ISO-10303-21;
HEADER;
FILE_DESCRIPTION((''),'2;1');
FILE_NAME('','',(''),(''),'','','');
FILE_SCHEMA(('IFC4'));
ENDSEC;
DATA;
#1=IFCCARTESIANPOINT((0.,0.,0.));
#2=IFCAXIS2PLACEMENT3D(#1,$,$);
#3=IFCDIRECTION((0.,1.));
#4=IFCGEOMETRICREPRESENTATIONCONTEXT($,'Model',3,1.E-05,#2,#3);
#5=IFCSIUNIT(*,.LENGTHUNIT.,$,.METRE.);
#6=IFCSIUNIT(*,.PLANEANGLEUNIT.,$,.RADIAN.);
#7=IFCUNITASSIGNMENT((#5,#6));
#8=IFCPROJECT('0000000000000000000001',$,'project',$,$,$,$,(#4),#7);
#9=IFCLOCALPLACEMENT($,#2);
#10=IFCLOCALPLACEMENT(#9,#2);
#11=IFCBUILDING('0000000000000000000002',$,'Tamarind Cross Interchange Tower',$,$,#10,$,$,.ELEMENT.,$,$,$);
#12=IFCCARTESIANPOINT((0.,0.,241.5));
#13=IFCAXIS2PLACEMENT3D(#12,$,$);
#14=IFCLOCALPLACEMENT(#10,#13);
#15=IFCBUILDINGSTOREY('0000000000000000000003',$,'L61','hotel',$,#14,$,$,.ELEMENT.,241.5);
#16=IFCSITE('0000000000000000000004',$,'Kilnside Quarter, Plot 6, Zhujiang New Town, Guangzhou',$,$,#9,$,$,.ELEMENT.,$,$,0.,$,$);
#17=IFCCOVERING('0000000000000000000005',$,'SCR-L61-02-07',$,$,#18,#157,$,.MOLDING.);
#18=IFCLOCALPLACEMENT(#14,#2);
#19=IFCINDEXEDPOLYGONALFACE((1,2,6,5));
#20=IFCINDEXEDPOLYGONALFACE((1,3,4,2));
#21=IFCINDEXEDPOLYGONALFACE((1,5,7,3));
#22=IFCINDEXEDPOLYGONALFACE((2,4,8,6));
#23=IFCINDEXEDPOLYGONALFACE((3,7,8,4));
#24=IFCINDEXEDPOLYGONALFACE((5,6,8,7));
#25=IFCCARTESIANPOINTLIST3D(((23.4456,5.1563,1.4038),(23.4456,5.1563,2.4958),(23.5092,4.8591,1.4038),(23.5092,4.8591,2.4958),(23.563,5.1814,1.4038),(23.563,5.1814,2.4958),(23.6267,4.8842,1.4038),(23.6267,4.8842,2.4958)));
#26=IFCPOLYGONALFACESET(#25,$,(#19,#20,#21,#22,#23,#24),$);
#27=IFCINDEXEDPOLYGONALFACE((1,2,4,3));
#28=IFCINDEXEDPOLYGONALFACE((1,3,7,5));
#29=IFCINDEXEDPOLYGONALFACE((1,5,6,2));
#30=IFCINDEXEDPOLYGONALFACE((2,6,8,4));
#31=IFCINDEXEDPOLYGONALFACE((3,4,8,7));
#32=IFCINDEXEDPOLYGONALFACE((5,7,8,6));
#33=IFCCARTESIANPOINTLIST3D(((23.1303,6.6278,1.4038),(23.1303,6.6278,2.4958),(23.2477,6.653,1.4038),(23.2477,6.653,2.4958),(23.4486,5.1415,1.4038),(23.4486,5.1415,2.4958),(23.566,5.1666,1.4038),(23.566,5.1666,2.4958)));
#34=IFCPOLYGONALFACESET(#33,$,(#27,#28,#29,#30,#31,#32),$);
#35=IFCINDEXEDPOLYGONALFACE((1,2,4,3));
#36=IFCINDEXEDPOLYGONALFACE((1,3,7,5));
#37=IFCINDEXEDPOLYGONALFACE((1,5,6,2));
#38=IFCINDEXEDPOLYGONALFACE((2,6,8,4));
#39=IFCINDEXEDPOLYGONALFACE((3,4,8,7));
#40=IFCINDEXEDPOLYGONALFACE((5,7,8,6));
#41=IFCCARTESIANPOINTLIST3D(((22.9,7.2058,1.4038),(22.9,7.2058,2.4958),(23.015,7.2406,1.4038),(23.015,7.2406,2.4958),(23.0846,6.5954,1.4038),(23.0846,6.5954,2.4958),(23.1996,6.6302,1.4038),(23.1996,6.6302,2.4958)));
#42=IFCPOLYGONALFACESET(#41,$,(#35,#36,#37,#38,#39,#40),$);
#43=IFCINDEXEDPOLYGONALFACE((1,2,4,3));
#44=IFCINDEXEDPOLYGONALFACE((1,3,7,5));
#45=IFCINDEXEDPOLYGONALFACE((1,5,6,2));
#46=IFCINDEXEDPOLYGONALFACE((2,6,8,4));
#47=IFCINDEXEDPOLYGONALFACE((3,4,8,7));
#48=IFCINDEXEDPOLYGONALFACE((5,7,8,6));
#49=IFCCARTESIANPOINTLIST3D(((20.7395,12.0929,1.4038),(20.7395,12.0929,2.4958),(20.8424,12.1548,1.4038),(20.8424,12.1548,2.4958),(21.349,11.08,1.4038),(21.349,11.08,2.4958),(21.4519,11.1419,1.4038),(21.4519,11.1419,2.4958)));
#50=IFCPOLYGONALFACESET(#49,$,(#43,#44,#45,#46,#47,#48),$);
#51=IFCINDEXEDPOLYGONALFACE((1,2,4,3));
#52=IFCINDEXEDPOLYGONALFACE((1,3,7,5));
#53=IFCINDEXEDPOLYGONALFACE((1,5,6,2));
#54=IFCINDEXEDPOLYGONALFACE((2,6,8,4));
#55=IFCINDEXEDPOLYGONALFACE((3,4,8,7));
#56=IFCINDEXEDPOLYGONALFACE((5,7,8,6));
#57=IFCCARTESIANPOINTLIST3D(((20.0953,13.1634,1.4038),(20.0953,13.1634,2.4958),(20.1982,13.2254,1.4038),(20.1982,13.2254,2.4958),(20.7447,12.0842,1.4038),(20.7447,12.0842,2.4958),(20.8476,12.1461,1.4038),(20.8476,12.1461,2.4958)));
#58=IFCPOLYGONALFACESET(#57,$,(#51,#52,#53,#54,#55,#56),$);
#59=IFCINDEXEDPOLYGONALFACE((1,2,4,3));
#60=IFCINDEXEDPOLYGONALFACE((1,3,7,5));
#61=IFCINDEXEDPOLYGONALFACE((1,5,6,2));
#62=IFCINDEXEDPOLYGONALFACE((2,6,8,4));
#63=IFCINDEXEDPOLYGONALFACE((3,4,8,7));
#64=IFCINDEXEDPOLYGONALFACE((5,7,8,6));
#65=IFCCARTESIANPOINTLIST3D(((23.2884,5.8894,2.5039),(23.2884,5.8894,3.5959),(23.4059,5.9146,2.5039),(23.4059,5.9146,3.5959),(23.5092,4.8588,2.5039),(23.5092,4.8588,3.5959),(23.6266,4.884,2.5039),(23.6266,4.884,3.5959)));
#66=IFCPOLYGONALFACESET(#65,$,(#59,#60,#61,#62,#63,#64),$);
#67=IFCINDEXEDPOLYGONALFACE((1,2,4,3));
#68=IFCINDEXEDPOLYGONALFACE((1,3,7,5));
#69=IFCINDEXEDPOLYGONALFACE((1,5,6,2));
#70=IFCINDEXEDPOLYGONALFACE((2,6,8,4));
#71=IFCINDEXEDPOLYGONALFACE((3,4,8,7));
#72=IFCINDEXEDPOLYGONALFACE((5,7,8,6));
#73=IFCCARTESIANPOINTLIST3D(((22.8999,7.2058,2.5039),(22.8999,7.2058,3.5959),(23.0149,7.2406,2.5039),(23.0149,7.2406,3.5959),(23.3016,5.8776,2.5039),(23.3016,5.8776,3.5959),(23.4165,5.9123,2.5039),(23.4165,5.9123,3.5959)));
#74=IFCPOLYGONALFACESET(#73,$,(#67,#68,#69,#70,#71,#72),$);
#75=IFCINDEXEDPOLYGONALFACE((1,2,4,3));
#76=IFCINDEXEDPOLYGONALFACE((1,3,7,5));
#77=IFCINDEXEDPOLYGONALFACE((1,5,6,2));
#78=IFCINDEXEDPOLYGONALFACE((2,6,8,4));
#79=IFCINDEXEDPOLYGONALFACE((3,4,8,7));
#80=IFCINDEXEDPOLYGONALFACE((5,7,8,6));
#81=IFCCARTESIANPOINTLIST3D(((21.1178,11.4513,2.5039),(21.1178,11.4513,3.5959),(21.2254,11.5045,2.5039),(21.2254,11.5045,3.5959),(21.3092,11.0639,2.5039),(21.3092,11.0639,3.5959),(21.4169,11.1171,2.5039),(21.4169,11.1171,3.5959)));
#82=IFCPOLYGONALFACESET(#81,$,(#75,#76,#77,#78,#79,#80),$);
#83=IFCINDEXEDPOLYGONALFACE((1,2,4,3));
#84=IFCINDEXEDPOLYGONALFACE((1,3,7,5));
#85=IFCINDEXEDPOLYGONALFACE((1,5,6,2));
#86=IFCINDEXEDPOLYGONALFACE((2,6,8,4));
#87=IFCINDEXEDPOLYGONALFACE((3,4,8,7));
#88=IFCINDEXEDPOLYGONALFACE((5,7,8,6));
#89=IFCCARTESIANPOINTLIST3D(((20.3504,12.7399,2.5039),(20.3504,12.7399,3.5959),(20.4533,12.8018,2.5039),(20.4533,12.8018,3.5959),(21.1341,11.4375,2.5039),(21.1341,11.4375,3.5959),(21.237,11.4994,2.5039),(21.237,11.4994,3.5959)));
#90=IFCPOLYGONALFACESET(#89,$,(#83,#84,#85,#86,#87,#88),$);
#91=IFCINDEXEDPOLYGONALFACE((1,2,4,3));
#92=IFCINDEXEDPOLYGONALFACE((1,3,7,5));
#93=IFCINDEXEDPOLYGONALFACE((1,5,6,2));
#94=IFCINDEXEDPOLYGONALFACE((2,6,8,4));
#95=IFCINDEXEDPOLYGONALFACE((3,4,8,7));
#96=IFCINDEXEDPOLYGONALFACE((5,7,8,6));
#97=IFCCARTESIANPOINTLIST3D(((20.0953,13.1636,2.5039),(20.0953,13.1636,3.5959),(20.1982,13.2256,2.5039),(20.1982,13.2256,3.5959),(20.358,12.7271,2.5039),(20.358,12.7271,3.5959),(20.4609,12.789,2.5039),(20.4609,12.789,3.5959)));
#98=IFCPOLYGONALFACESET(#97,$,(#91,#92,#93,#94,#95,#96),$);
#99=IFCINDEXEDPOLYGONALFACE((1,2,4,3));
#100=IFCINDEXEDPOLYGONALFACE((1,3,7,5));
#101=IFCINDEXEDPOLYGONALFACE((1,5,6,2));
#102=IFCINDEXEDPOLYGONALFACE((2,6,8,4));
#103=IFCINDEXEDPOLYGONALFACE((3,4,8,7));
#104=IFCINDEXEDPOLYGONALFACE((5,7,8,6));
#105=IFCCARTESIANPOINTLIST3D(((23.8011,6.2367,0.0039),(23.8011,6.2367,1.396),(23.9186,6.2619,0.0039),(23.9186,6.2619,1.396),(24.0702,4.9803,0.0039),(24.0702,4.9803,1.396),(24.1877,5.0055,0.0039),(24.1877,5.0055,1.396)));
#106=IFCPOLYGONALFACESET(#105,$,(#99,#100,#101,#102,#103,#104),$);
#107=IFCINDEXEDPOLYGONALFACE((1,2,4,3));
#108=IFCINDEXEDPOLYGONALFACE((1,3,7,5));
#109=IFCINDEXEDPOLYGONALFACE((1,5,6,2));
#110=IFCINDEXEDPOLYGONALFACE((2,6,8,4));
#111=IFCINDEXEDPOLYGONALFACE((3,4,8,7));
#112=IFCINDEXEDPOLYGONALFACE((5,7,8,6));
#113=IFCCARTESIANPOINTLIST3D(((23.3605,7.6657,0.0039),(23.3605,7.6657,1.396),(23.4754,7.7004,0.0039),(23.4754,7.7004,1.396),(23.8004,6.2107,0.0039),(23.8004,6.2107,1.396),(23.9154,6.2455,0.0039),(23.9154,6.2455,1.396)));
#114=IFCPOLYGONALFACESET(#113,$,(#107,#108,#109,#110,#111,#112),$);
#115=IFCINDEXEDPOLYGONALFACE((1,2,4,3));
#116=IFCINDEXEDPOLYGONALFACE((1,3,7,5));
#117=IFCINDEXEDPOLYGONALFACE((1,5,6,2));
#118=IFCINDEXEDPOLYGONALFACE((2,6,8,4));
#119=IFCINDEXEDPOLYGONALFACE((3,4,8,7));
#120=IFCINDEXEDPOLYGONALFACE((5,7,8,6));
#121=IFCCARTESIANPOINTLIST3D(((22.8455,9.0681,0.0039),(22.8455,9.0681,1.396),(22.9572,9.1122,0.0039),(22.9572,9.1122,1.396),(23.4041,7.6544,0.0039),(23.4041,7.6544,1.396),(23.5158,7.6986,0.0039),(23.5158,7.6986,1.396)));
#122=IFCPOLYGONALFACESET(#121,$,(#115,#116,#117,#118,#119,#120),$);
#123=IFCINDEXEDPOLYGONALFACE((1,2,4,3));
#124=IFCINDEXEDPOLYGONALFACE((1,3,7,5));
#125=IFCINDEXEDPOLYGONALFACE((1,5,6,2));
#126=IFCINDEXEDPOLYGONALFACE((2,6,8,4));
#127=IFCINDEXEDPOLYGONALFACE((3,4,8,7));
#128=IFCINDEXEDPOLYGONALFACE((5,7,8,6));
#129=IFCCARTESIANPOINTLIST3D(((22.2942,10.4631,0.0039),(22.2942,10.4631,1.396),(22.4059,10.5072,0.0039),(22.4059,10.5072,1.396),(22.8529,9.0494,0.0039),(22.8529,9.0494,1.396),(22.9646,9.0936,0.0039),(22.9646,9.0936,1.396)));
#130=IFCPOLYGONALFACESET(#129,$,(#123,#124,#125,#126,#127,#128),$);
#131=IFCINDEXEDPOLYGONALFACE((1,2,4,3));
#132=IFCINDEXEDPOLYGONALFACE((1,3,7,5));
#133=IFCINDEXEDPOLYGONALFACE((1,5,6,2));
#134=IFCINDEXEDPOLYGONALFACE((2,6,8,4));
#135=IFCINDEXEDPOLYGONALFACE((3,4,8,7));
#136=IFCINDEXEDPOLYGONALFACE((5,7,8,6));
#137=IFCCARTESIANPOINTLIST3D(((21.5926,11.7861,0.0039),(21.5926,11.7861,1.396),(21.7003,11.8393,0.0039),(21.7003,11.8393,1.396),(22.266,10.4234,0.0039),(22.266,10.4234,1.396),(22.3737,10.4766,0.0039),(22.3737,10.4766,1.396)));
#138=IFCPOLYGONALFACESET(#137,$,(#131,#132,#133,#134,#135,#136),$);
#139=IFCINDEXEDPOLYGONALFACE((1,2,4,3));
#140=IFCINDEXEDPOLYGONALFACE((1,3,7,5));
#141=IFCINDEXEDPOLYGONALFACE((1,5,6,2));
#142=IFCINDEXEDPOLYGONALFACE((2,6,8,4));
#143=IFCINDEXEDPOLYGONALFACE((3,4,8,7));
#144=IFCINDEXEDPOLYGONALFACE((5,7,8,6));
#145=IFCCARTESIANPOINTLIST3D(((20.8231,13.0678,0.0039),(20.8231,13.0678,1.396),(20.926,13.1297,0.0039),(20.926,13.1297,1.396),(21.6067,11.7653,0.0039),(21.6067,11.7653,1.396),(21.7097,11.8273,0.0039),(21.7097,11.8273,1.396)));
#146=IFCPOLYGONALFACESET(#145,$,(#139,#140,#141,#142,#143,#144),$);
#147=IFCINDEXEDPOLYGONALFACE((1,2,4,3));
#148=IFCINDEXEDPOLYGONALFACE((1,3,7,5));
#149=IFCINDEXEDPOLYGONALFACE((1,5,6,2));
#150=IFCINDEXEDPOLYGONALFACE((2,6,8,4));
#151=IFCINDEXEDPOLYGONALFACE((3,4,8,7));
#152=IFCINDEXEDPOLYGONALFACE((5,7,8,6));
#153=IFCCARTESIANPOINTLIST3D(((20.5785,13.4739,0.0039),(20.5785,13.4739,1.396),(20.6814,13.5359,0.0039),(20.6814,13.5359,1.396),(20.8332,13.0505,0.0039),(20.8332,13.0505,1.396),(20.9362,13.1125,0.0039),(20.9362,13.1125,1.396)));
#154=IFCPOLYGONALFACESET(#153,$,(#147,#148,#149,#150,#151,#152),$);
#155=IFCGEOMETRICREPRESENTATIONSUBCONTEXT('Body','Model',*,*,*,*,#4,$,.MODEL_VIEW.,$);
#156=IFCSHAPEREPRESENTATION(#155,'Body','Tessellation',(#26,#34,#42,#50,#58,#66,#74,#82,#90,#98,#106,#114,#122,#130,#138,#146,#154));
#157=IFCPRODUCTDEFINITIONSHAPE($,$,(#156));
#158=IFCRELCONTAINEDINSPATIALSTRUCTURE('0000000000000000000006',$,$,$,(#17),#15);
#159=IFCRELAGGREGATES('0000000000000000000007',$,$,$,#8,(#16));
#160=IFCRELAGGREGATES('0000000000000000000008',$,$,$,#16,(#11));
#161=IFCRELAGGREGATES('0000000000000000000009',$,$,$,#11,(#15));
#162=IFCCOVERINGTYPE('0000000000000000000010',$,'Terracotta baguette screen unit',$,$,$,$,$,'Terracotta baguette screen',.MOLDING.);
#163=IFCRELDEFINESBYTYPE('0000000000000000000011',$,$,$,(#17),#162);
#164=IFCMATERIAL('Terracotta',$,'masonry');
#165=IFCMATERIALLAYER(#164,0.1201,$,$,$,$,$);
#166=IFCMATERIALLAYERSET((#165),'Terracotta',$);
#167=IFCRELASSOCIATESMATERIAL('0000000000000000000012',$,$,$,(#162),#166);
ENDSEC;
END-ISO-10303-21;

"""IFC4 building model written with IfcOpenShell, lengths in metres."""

from ifc_helpers import new_model, si_unit, direction, frame, origin, origin_2d, place, context, subcontext, project, spatial, rectangle, extrude, material, layer, layer_set, type_object, element, save


model = new_model("IFC4")

# Units and contexts
model_context = context("Model", 3, precision=1e-05, world=origin(), true_north=direction((0.0, 1.0)))
body_context = subcontext(model_context, "Body", "Model", "MODEL_VIEW")
ifc_project = project(units=[si_unit("LENGTHUNIT", "METRE"), si_unit("PLANEANGLEUNIT", "RADIAN")], contexts=[model_context])

# Site, building, storey
site_placement = place(None, origin())
site = spatial("IfcSite", under=ifc_project, at=site_placement, Name="Kilnside Quarter, Plot 6, Zhujiang New Town, Guangzhou", CompositionType="ELEMENT", RefElevation=0.0)
building_placement = place(site_placement, origin())
building = spatial("IfcBuilding", under=site, at=building_placement, Name="Tamarind Cross Interchange Tower", CompositionType="ELEMENT")
storey_placement = place(building_placement, frame((0.0, 0.0, 241.5)))
storey = spatial("IfcBuildingStorey", under=building, at=storey_placement, Name="L61", Description="hotel", CompositionType="ELEMENT", Elevation=241.5)

# Covering
ifc_material_1 = material(Name="Terracotta", Category="masonry")
ifc_layer_1 = layer(ifc_material_1, 0.1201)
ifc_layer_set_1 = layer_set([ifc_layer_1], Name="Terracotta")
covering_type = type_object("IfcCoveringType", Name="Terracotta baguette screen unit", ElementType="Terracotta baguette screen", PredefinedType="MOLDING", material=ifc_layer_set_1)
covering_1_placement = place(storey_placement, origin())
element("IfcCovering", 1, at=covering_1_placement, inside=storey, type_object=covering_type, Name="SCR-L61-02-07", PredefinedType="MOLDING", context=body_context, shape_type="SweptSolid", body=[
    extrude(rectangle(XDim=0.304, YDim=0.1201, at=origin_2d()), frame((23.5361, 5.0203, 1.4038), z_axis=(0.0, 0.0, 1.0), x_axis=(-0.209425, 0.977825, 0.0)), (0.0, 0.0, 1.0), 1.092),
    extrude(rectangle(XDim=1.52, YDim=0.1201, at=origin_2d()), frame((23.3481, 5.8972, 1.4038), z_axis=(0.0, 0.0, 1.0), x_axis=(-0.209425, 0.977825, 0.0)), (0.0, 0.0, 1.0), 1.092),
    extrude(rectangle(XDim=0.6377, YDim=0.1201, at=origin_2d()), frame((23.0498, 6.918, 1.4038), z_axis=(0.0, 0.0, 1.0), x_axis=(-0.289458, 0.957191, 0.0)), (0.0, 0.0, 1.0), 1.092),
    extrude(rectangle(XDim=1.1821, YDim=0.1201, at=origin_2d()), frame((21.0957, 11.6174, 1.4038), z_axis=(0.0, 0.0, 1.0), x_axis=(-0.515577, 0.856843, 0.0)), (0.0, 0.0, 1.0), 1.092),
    extrude(rectangle(XDim=1.2595, YDim=0.1201, at=origin_2d()), frame((20.4714, 12.6548, 1.4038), z_axis=(0.0, 0.0, 1.0), x_axis=(-0.515577, 0.856843, 0.0)), (0.0, 0.0, 1.0), 1.092),
    extrude(rectangle(XDim=1.054, YDim=0.1201, at=origin_2d()), frame((23.4575, 5.3867, 2.5039), z_axis=(0.0, 0.0, 1.0), x_axis=(-0.209425, 0.977825, 0.0)), (0.0, 0.0, 1.0), 1.092),
    extrude(rectangle(XDim=1.3877, YDim=0.1201, at=origin_2d()), frame((23.1582, 6.5591, 2.5039), z_axis=(0.0, 0.0, 1.0), x_axis=(-0.289458, 0.957191, 0.0)), (0.0, 0.0, 1.0), 1.092),
    extrude(rectangle(XDim=0.4321, YDim=0.1201, at=origin_2d()), frame((21.2673, 11.2842, 2.5039), z_axis=(0.0, 0.0, 1.0), x_axis=(-0.443059, 0.896493, 0.0)), (0.0, 0.0, 1.0), 1.092),
    extrude(rectangle(XDim=1.52, YDim=0.1201, at=origin_2d()), frame((20.7937, 12.1196, 2.5039), z_axis=(0.0, 0.0, 1.0), x_axis=(-0.515577, 0.856843, 0.0)), (0.0, 0.0, 1.0), 1.092),
    extrude(rectangle(XDim=0.5095, YDim=0.1201, at=origin_2d()), frame((20.2781, 12.9763, 2.5039), z_axis=(0.0, 0.0, 1.0), x_axis=(-0.515577, 0.856843, 0.0)), (0.0, 0.0, 1.0), 1.092),
    extrude(rectangle(XDim=1.2849, YDim=0.1201, at=origin_2d()), frame((23.9944, 5.6211, 0.0039), z_axis=(0.0, 0.0, 1.0), x_axis=(-0.209425, 0.977825, 0.0)), (0.0, 0.0, 1.0), 1.3921),
    extrude(rectangle(XDim=1.52, YDim=0.1201, at=origin_2d()), frame((23.6379, 6.9556, 0.0039), z_axis=(0.0, 0.0, 1.0), x_axis=(-0.289458, 0.957191, 0.0)), (0.0, 0.0, 1.0), 1.3921),
    extrude(rectangle(XDim=1.52, YDim=0.1201, at=origin_2d()), frame((23.1807, 8.3833, 0.0039), z_axis=(0.0, 0.0, 1.0), x_axis=(-0.367514, 0.930018, 0.0)), (0.0, 0.0, 1.0), 1.3921),
    extrude(rectangle(XDim=1.52, YDim=0.1201, at=origin_2d()), frame((22.6294, 9.7783, 0.0039), z_axis=(0.0, 0.0, 1.0), x_axis=(-0.367514, 0.930018, 0.0)), (0.0, 0.0, 1.0), 1.3921),
    extrude(rectangle(XDim=1.52, YDim=0.1201, at=origin_2d()), frame((21.9832, 11.1313, 0.0039), z_axis=(0.0, 0.0, 1.0), x_axis=(-0.443059, 0.896493, 0.0)), (0.0, 0.0, 1.0), 1.3921),
    extrude(rectangle(XDim=1.52, YDim=0.1201, at=origin_2d()), frame((21.2664, 12.4475, 0.0039), z_axis=(0.0, 0.0, 1.0), x_axis=(-0.515577, 0.856843, 0.0)), (0.0, 0.0, 1.0), 1.3921),
    extrude(rectangle(XDim=0.4941, YDim=0.1201, at=origin_2d()), frame((20.7573, 13.2932, 0.0039), z_axis=(0.0, 0.0, 1.0), x_axis=(-0.515577, 0.856843, 0.0)), (0.0, 0.0, 1.0), 1.3921),
])

save(model, "model.ifc")
